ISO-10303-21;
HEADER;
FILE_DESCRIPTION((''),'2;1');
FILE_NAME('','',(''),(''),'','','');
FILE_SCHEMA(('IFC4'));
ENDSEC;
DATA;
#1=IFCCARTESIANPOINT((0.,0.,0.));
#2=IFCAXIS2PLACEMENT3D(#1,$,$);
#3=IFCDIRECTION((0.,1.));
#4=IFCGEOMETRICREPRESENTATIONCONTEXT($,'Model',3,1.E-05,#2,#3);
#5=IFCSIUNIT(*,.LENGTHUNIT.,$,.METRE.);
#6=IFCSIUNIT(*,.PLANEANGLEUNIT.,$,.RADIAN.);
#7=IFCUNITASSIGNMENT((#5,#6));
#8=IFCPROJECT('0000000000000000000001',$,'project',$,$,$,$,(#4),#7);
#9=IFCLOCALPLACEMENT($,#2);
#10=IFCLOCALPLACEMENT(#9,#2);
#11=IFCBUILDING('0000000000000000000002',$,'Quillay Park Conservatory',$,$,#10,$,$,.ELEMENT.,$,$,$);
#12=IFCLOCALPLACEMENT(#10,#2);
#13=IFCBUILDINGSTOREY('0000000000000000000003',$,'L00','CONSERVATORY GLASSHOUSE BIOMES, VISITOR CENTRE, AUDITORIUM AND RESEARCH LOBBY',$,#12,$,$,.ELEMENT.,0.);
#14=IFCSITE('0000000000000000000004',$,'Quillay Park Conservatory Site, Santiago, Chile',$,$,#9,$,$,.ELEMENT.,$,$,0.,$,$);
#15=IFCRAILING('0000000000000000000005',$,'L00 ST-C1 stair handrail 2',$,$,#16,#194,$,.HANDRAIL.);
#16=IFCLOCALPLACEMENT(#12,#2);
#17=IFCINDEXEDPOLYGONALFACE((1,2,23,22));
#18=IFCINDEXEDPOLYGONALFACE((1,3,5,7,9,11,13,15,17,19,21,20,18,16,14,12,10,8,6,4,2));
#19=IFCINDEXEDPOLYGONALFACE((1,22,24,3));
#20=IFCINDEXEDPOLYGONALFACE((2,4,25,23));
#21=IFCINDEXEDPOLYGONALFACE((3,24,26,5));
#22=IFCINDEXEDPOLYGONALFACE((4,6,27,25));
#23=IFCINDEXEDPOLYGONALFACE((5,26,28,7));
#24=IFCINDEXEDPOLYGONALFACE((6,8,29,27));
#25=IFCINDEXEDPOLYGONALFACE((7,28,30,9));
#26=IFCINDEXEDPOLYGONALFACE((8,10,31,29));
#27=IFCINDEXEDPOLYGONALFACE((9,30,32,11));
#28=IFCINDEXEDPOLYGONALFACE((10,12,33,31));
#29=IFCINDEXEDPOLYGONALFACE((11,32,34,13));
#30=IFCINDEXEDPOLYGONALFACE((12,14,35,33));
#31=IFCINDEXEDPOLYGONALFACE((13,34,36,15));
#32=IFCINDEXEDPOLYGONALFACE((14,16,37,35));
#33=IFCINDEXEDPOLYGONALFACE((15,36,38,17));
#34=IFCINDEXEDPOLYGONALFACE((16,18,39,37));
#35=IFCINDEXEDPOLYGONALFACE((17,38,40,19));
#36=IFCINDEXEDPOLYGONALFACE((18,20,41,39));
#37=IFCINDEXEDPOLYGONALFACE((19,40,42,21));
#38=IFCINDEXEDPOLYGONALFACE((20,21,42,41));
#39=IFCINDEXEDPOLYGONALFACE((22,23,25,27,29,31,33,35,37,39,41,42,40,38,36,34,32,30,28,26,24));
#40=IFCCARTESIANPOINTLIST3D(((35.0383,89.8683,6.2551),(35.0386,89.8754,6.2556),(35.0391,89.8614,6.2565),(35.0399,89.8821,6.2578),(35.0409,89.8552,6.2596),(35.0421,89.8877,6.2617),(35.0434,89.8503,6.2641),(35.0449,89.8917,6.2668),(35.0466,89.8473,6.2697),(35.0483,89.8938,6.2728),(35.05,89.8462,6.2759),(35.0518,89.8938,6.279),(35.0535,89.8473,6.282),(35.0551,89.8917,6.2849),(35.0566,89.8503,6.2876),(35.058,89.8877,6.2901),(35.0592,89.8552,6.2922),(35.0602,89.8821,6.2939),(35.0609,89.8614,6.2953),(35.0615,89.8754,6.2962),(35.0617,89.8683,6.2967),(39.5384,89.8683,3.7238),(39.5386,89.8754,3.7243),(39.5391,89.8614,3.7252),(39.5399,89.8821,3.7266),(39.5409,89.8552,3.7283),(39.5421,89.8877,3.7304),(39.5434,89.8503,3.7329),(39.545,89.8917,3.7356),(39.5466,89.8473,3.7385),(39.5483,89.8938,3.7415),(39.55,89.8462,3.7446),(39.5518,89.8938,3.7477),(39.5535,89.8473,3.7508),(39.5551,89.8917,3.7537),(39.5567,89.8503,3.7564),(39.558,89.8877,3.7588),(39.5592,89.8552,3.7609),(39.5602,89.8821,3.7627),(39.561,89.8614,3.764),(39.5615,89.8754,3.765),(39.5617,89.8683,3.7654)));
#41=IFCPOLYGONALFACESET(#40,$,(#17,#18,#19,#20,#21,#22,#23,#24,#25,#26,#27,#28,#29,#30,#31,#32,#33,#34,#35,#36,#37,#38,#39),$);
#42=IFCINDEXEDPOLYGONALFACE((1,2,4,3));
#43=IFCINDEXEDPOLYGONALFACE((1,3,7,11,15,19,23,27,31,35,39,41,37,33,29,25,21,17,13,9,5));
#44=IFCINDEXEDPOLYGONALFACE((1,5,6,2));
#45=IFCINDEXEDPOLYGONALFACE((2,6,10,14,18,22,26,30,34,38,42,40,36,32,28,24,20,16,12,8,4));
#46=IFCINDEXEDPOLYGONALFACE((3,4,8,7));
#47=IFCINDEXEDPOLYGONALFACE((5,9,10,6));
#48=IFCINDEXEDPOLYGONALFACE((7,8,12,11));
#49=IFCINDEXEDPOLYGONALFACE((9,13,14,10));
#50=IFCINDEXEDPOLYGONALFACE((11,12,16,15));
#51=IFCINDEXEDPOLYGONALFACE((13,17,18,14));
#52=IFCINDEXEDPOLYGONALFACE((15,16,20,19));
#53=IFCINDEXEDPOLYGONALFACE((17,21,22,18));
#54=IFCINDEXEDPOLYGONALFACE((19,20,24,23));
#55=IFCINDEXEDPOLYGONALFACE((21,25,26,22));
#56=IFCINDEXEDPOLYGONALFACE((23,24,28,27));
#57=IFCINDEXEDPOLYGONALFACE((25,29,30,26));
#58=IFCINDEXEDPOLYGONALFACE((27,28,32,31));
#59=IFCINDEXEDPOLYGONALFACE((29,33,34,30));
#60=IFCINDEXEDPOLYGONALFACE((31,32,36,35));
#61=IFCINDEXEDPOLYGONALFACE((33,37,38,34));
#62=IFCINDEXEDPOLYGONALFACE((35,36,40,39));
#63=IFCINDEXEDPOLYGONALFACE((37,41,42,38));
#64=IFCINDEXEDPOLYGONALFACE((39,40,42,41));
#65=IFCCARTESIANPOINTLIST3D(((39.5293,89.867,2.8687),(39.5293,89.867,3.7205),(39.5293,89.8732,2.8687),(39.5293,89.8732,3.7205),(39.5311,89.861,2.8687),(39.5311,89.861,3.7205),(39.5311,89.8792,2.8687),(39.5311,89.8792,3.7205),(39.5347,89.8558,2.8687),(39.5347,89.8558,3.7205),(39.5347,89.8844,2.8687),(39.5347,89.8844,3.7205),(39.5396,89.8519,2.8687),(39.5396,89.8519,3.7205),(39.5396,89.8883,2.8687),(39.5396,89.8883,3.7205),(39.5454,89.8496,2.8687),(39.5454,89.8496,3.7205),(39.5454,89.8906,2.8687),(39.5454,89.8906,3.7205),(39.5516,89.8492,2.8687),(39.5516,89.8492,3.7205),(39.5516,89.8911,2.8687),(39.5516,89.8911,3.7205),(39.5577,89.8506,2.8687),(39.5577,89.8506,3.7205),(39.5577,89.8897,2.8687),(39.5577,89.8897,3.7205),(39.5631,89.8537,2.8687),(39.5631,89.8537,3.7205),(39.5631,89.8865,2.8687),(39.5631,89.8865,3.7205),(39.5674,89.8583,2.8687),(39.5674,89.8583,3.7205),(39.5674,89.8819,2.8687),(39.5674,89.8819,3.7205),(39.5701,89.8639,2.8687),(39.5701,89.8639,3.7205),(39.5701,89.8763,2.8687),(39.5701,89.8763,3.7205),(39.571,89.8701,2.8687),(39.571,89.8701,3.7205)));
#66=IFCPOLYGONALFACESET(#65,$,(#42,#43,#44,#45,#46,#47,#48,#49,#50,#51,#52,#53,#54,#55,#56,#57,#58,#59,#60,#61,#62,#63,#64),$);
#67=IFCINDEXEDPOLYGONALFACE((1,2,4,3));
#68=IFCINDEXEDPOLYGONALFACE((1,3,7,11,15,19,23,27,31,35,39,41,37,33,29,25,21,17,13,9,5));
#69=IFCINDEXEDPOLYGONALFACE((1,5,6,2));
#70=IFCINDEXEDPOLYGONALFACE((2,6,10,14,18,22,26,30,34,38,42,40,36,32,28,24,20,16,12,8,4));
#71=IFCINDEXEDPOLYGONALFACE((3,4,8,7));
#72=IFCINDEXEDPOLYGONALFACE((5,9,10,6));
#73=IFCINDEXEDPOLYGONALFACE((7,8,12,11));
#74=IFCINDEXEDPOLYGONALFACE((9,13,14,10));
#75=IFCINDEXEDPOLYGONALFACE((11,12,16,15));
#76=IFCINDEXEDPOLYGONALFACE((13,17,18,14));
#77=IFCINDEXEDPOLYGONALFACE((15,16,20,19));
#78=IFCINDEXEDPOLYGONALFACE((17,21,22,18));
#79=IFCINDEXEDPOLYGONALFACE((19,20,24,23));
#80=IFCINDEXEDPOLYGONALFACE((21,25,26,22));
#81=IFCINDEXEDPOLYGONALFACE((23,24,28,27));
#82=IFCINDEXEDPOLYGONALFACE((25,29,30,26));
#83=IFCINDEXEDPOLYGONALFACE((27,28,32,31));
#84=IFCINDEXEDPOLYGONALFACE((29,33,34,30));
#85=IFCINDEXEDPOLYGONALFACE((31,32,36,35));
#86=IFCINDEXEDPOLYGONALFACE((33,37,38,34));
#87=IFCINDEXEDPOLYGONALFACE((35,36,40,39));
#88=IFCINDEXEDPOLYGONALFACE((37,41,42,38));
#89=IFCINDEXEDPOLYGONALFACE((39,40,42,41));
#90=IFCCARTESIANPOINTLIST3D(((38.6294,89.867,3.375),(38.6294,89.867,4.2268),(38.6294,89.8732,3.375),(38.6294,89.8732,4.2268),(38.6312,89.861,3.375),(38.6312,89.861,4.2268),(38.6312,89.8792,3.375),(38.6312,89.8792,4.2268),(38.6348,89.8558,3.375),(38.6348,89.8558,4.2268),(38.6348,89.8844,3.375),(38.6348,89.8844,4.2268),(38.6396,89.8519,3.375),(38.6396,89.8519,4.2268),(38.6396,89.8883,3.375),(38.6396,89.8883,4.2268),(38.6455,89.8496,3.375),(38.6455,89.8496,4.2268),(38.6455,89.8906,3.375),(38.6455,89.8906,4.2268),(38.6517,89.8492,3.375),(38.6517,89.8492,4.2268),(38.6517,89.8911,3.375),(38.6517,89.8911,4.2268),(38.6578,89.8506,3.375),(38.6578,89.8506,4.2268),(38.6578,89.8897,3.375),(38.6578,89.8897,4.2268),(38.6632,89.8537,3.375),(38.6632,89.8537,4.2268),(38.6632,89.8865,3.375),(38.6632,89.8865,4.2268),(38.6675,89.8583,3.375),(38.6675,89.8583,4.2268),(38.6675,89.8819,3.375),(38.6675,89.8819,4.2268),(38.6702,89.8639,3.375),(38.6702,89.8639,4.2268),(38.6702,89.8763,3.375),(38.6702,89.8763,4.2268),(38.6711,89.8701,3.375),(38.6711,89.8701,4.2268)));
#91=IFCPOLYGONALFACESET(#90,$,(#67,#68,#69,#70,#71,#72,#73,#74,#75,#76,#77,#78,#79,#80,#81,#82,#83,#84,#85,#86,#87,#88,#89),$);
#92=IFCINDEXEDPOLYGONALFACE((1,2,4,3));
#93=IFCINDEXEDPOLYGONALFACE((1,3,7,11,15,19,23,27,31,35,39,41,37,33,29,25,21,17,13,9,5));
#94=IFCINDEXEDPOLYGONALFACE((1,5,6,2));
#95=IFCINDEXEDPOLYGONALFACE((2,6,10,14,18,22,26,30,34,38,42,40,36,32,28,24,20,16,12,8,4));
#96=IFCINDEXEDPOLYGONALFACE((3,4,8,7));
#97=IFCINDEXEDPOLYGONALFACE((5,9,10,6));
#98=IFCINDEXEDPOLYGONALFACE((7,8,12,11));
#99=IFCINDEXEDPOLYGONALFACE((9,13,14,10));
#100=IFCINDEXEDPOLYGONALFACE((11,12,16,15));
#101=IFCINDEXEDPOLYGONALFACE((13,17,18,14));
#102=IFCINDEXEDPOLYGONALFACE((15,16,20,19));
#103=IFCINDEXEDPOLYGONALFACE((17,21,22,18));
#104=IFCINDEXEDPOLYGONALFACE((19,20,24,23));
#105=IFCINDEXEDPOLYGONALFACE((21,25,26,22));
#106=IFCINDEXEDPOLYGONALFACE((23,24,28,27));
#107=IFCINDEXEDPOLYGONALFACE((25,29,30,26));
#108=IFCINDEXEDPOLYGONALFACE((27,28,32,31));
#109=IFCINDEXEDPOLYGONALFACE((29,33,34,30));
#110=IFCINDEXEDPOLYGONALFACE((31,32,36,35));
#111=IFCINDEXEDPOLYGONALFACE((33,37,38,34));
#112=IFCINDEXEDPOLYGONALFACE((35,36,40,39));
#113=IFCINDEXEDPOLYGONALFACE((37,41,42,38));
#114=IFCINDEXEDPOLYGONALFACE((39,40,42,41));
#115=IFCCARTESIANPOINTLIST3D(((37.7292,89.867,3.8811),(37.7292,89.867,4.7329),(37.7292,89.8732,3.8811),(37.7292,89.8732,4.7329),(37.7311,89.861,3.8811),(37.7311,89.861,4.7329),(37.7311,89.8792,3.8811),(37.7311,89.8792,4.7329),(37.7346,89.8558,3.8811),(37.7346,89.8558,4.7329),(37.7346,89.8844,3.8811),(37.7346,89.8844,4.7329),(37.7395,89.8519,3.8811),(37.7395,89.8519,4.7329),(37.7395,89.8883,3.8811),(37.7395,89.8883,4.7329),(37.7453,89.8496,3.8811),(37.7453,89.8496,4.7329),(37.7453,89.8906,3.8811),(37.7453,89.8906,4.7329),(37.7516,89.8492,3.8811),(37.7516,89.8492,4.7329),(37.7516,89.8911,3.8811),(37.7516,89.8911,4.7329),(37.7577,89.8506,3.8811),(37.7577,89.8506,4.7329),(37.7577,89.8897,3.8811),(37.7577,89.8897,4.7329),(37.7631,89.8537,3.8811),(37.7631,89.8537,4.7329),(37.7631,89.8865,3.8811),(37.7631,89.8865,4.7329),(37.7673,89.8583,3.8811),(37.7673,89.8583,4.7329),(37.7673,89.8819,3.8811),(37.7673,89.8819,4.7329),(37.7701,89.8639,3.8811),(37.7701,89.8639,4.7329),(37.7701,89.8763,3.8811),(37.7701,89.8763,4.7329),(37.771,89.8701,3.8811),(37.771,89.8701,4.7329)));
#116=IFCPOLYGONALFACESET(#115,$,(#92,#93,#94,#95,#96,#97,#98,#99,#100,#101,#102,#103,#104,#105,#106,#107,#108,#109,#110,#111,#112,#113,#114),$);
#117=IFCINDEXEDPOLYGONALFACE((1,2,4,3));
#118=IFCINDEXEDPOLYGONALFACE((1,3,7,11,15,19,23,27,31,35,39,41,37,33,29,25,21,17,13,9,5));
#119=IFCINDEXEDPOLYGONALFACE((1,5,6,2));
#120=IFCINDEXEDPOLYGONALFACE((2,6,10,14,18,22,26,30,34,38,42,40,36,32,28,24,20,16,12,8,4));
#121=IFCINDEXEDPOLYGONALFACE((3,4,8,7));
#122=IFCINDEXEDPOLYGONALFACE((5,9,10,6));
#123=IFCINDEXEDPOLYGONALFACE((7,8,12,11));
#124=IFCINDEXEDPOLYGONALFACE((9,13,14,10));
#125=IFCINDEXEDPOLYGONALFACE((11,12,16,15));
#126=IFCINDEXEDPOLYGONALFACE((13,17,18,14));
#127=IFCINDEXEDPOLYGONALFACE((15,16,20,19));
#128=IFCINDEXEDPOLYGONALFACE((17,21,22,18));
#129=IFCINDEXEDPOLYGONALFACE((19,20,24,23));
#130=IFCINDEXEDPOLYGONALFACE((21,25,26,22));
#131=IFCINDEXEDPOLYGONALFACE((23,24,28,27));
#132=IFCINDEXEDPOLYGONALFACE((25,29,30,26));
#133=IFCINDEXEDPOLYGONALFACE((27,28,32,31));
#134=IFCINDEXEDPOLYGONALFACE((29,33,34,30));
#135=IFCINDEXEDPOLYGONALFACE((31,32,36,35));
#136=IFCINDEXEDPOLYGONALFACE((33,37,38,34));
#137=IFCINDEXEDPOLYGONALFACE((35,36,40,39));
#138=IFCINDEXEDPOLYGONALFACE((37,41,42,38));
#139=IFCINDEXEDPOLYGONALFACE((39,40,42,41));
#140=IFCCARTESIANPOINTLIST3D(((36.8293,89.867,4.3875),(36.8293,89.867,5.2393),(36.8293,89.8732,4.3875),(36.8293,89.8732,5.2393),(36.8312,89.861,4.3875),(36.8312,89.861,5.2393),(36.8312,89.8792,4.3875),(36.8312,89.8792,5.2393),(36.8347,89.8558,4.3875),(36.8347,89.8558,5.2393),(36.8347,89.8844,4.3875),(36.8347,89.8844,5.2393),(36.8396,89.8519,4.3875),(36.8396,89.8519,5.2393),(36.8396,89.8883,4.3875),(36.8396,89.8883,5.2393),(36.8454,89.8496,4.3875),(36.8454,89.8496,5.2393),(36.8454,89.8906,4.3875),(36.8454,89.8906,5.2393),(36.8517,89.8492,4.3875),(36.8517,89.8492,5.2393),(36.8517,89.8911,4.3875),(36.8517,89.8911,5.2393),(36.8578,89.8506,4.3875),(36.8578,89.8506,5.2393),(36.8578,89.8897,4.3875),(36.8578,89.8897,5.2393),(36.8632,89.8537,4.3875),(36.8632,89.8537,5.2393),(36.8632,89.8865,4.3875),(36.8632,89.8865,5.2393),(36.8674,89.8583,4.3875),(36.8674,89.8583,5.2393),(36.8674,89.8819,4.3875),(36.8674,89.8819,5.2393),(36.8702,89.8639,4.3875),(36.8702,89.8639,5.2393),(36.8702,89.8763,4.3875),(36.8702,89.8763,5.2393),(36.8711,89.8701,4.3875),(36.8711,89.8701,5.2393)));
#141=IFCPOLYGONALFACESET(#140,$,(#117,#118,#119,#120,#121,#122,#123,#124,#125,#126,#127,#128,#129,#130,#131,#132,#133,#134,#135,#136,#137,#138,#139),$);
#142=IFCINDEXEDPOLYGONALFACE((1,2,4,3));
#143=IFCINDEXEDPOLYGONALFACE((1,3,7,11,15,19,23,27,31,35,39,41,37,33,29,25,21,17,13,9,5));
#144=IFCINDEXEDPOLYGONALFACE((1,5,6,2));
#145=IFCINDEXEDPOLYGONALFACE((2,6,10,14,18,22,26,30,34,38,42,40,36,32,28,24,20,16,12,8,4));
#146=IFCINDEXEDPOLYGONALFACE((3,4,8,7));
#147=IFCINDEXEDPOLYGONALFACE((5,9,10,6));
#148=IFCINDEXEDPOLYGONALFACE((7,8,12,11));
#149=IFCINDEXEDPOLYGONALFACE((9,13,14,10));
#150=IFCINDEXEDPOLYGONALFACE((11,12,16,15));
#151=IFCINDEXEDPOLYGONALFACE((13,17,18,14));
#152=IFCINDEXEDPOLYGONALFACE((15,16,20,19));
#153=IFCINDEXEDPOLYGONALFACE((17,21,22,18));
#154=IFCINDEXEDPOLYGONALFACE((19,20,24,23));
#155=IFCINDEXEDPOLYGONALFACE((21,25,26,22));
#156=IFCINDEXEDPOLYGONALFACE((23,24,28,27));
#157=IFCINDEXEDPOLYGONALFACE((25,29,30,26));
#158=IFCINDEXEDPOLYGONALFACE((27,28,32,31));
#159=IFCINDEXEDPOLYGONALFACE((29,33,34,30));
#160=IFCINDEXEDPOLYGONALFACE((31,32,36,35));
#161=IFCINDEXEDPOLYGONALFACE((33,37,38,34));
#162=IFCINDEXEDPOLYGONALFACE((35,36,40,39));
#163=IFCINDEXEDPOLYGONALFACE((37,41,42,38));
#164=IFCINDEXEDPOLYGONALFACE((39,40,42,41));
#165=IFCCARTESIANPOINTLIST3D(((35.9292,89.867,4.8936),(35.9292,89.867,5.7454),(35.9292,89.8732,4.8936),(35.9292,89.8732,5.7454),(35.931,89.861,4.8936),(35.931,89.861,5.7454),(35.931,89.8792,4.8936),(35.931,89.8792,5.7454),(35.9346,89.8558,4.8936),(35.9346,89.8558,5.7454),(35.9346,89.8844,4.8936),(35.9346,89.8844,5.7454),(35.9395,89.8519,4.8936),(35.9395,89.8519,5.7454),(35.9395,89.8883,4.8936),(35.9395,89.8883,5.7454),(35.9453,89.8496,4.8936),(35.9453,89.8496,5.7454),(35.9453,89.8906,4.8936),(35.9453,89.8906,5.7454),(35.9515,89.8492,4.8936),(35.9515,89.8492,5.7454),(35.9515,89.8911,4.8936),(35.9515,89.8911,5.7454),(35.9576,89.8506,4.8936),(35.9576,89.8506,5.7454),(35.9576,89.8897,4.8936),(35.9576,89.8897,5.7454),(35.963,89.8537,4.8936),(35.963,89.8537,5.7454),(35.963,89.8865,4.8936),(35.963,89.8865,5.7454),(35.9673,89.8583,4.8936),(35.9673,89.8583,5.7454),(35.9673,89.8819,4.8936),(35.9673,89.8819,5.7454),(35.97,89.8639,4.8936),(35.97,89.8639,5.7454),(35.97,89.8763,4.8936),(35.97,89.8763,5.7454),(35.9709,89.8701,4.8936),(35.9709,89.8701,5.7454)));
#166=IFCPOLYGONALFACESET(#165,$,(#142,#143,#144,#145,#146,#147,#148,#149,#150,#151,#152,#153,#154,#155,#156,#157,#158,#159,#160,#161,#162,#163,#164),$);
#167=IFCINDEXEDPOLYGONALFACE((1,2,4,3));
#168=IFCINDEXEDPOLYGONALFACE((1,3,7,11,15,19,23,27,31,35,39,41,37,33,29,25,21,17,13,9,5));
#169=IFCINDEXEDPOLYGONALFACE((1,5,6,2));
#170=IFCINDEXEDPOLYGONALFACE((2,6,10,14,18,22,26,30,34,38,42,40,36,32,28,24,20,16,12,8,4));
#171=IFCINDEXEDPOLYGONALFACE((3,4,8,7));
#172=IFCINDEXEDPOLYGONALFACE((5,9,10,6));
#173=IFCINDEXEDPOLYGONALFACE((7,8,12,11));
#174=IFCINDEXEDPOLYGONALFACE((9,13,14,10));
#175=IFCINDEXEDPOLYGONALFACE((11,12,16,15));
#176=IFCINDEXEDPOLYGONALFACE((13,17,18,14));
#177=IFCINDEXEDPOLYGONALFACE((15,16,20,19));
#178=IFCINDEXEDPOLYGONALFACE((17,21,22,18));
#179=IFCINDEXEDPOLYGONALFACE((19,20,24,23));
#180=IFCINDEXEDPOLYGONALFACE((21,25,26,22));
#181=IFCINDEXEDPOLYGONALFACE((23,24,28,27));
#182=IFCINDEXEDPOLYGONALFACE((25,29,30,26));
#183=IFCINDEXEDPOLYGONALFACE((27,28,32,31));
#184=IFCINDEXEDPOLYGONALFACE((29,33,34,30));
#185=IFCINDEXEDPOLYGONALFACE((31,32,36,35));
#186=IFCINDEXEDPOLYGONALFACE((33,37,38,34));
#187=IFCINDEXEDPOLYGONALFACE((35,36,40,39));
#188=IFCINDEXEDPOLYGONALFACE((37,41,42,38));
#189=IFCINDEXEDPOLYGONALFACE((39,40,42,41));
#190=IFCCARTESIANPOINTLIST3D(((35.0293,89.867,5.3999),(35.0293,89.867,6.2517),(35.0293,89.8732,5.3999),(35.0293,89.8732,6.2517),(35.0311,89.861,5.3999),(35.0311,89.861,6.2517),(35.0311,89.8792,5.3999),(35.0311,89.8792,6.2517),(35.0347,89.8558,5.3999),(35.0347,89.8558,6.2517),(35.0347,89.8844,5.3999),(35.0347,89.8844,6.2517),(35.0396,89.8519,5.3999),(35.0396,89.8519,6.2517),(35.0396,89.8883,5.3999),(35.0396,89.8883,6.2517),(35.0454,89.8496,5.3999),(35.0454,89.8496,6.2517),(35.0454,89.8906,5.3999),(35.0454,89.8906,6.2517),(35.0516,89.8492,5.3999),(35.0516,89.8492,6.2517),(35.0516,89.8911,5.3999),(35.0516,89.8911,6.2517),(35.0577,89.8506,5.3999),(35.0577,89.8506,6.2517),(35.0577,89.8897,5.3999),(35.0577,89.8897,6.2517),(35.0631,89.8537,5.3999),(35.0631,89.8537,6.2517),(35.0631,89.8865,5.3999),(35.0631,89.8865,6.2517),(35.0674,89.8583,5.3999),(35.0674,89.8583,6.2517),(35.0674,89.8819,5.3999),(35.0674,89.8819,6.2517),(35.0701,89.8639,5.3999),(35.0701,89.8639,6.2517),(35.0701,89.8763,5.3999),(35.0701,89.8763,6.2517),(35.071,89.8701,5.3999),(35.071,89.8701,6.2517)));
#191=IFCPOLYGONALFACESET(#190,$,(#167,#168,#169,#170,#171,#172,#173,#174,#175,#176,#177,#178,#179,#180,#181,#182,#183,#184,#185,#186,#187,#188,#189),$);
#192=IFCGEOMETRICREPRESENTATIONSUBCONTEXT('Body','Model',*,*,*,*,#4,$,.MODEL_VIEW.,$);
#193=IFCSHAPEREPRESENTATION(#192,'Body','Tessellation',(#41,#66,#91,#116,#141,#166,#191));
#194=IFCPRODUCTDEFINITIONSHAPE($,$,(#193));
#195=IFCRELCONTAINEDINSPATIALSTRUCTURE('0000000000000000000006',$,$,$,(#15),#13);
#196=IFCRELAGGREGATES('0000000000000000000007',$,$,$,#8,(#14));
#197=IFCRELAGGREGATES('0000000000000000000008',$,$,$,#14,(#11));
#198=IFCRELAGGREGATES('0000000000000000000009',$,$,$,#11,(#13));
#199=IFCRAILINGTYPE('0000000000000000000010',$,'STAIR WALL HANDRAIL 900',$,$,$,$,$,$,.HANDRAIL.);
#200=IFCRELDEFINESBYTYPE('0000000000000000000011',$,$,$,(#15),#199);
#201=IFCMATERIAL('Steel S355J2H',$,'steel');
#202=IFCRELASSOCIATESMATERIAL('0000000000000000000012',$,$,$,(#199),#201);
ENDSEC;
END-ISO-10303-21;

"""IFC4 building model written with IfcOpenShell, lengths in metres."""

from ifc_helpers import new_model, si_unit, direction, frame, origin, origin_2d, place, context, subcontext, project, spatial, circle, extrude, material, type_object, element, save


model = new_model("IFC4")

# Units and contexts
model_context = context("Model", 3, precision=1e-05, world=origin(), true_north=direction((0.0, 1.0)))
body_context = subcontext(model_context, "Body", "Model", "MODEL_VIEW")
ifc_project = project(units=[si_unit("LENGTHUNIT", "METRE"), si_unit("PLANEANGLEUNIT", "RADIAN")], contexts=[model_context])

# Site, building, storey
site_placement = place(None, origin())
site = spatial("IfcSite", under=ifc_project, at=site_placement, Name="Quillay Park Conservatory Site, Santiago, Chile", CompositionType="ELEMENT", RefElevation=0.0)
building_placement = place(site_placement, origin())
building = spatial("IfcBuilding", under=site, at=building_placement, Name="Quillay Park Conservatory", CompositionType="ELEMENT")
storey_placement = place(building_placement, origin())
storey = spatial("IfcBuildingStorey", under=building, at=storey_placement, Name="L00", Description="CONSERVATORY GLASSHOUSE BIOMES, VISITOR CENTRE, AUDITORIUM AND RESEARCH LOBBY", CompositionType="ELEMENT", Elevation=0.0)

# Railing
ifc_material_1 = material(Name="Steel S355J2H", Category="steel")
railing_type_1 = type_object("IfcRailingType", Name="STAIR WALL HANDRAIL 900", PredefinedType="HANDRAIL", material=ifc_material_1)
railing_1_placement = place(storey_placement, frame((39.55, 89.8701, 2.8687)))
element("IfcRailing", 1, at=railing_1_placement, inside=storey, type_object=railing_type_1, Name="L00 ST-C1 stair handrail 2", PredefinedType="HANDRAIL", context=body_context, shape_type="SweptSolid", body=[
    extrude(circle(Radius=0.0239, at=origin_2d()), frame((0.0, 0.0, 0.876), z_axis=(-0.871576, 0.0, 0.490261), x_axis=(0.0, -1.0, 0.0)), (0.0, 0.0, 1.0), 5.1631),
    extrude(circle(Radius=0.021, at=origin_2d()), origin(), (0.0, 0.0, 1.0), 0.8518),
    extrude(circle(Radius=0.021, at=origin_2d()), frame((-0.8999, 0.0, 0.5063)), (0.0, 0.0, 1.0), 0.8518),
    extrude(circle(Radius=0.021, at=origin_2d()), frame((-1.8, 0.0, 1.0125)), (0.0, 0.0, 1.0), 0.8518),
    extrude(circle(Radius=0.021, at=origin_2d()), frame((-2.7, 0.0, 1.5188)), (0.0, 0.0, 1.0), 0.8518),
    extrude(circle(Radius=0.021, at=origin_2d()), frame((-3.6001, 0.0, 2.0249)), (0.0, 0.0, 1.0), 0.8518),
    extrude(circle(Radius=0.021, at=origin_2d()), frame((-4.5, 0.0, 2.5312)), (0.0, 0.0, 1.0), 0.8518),
])

save(model, "model.ifc")
